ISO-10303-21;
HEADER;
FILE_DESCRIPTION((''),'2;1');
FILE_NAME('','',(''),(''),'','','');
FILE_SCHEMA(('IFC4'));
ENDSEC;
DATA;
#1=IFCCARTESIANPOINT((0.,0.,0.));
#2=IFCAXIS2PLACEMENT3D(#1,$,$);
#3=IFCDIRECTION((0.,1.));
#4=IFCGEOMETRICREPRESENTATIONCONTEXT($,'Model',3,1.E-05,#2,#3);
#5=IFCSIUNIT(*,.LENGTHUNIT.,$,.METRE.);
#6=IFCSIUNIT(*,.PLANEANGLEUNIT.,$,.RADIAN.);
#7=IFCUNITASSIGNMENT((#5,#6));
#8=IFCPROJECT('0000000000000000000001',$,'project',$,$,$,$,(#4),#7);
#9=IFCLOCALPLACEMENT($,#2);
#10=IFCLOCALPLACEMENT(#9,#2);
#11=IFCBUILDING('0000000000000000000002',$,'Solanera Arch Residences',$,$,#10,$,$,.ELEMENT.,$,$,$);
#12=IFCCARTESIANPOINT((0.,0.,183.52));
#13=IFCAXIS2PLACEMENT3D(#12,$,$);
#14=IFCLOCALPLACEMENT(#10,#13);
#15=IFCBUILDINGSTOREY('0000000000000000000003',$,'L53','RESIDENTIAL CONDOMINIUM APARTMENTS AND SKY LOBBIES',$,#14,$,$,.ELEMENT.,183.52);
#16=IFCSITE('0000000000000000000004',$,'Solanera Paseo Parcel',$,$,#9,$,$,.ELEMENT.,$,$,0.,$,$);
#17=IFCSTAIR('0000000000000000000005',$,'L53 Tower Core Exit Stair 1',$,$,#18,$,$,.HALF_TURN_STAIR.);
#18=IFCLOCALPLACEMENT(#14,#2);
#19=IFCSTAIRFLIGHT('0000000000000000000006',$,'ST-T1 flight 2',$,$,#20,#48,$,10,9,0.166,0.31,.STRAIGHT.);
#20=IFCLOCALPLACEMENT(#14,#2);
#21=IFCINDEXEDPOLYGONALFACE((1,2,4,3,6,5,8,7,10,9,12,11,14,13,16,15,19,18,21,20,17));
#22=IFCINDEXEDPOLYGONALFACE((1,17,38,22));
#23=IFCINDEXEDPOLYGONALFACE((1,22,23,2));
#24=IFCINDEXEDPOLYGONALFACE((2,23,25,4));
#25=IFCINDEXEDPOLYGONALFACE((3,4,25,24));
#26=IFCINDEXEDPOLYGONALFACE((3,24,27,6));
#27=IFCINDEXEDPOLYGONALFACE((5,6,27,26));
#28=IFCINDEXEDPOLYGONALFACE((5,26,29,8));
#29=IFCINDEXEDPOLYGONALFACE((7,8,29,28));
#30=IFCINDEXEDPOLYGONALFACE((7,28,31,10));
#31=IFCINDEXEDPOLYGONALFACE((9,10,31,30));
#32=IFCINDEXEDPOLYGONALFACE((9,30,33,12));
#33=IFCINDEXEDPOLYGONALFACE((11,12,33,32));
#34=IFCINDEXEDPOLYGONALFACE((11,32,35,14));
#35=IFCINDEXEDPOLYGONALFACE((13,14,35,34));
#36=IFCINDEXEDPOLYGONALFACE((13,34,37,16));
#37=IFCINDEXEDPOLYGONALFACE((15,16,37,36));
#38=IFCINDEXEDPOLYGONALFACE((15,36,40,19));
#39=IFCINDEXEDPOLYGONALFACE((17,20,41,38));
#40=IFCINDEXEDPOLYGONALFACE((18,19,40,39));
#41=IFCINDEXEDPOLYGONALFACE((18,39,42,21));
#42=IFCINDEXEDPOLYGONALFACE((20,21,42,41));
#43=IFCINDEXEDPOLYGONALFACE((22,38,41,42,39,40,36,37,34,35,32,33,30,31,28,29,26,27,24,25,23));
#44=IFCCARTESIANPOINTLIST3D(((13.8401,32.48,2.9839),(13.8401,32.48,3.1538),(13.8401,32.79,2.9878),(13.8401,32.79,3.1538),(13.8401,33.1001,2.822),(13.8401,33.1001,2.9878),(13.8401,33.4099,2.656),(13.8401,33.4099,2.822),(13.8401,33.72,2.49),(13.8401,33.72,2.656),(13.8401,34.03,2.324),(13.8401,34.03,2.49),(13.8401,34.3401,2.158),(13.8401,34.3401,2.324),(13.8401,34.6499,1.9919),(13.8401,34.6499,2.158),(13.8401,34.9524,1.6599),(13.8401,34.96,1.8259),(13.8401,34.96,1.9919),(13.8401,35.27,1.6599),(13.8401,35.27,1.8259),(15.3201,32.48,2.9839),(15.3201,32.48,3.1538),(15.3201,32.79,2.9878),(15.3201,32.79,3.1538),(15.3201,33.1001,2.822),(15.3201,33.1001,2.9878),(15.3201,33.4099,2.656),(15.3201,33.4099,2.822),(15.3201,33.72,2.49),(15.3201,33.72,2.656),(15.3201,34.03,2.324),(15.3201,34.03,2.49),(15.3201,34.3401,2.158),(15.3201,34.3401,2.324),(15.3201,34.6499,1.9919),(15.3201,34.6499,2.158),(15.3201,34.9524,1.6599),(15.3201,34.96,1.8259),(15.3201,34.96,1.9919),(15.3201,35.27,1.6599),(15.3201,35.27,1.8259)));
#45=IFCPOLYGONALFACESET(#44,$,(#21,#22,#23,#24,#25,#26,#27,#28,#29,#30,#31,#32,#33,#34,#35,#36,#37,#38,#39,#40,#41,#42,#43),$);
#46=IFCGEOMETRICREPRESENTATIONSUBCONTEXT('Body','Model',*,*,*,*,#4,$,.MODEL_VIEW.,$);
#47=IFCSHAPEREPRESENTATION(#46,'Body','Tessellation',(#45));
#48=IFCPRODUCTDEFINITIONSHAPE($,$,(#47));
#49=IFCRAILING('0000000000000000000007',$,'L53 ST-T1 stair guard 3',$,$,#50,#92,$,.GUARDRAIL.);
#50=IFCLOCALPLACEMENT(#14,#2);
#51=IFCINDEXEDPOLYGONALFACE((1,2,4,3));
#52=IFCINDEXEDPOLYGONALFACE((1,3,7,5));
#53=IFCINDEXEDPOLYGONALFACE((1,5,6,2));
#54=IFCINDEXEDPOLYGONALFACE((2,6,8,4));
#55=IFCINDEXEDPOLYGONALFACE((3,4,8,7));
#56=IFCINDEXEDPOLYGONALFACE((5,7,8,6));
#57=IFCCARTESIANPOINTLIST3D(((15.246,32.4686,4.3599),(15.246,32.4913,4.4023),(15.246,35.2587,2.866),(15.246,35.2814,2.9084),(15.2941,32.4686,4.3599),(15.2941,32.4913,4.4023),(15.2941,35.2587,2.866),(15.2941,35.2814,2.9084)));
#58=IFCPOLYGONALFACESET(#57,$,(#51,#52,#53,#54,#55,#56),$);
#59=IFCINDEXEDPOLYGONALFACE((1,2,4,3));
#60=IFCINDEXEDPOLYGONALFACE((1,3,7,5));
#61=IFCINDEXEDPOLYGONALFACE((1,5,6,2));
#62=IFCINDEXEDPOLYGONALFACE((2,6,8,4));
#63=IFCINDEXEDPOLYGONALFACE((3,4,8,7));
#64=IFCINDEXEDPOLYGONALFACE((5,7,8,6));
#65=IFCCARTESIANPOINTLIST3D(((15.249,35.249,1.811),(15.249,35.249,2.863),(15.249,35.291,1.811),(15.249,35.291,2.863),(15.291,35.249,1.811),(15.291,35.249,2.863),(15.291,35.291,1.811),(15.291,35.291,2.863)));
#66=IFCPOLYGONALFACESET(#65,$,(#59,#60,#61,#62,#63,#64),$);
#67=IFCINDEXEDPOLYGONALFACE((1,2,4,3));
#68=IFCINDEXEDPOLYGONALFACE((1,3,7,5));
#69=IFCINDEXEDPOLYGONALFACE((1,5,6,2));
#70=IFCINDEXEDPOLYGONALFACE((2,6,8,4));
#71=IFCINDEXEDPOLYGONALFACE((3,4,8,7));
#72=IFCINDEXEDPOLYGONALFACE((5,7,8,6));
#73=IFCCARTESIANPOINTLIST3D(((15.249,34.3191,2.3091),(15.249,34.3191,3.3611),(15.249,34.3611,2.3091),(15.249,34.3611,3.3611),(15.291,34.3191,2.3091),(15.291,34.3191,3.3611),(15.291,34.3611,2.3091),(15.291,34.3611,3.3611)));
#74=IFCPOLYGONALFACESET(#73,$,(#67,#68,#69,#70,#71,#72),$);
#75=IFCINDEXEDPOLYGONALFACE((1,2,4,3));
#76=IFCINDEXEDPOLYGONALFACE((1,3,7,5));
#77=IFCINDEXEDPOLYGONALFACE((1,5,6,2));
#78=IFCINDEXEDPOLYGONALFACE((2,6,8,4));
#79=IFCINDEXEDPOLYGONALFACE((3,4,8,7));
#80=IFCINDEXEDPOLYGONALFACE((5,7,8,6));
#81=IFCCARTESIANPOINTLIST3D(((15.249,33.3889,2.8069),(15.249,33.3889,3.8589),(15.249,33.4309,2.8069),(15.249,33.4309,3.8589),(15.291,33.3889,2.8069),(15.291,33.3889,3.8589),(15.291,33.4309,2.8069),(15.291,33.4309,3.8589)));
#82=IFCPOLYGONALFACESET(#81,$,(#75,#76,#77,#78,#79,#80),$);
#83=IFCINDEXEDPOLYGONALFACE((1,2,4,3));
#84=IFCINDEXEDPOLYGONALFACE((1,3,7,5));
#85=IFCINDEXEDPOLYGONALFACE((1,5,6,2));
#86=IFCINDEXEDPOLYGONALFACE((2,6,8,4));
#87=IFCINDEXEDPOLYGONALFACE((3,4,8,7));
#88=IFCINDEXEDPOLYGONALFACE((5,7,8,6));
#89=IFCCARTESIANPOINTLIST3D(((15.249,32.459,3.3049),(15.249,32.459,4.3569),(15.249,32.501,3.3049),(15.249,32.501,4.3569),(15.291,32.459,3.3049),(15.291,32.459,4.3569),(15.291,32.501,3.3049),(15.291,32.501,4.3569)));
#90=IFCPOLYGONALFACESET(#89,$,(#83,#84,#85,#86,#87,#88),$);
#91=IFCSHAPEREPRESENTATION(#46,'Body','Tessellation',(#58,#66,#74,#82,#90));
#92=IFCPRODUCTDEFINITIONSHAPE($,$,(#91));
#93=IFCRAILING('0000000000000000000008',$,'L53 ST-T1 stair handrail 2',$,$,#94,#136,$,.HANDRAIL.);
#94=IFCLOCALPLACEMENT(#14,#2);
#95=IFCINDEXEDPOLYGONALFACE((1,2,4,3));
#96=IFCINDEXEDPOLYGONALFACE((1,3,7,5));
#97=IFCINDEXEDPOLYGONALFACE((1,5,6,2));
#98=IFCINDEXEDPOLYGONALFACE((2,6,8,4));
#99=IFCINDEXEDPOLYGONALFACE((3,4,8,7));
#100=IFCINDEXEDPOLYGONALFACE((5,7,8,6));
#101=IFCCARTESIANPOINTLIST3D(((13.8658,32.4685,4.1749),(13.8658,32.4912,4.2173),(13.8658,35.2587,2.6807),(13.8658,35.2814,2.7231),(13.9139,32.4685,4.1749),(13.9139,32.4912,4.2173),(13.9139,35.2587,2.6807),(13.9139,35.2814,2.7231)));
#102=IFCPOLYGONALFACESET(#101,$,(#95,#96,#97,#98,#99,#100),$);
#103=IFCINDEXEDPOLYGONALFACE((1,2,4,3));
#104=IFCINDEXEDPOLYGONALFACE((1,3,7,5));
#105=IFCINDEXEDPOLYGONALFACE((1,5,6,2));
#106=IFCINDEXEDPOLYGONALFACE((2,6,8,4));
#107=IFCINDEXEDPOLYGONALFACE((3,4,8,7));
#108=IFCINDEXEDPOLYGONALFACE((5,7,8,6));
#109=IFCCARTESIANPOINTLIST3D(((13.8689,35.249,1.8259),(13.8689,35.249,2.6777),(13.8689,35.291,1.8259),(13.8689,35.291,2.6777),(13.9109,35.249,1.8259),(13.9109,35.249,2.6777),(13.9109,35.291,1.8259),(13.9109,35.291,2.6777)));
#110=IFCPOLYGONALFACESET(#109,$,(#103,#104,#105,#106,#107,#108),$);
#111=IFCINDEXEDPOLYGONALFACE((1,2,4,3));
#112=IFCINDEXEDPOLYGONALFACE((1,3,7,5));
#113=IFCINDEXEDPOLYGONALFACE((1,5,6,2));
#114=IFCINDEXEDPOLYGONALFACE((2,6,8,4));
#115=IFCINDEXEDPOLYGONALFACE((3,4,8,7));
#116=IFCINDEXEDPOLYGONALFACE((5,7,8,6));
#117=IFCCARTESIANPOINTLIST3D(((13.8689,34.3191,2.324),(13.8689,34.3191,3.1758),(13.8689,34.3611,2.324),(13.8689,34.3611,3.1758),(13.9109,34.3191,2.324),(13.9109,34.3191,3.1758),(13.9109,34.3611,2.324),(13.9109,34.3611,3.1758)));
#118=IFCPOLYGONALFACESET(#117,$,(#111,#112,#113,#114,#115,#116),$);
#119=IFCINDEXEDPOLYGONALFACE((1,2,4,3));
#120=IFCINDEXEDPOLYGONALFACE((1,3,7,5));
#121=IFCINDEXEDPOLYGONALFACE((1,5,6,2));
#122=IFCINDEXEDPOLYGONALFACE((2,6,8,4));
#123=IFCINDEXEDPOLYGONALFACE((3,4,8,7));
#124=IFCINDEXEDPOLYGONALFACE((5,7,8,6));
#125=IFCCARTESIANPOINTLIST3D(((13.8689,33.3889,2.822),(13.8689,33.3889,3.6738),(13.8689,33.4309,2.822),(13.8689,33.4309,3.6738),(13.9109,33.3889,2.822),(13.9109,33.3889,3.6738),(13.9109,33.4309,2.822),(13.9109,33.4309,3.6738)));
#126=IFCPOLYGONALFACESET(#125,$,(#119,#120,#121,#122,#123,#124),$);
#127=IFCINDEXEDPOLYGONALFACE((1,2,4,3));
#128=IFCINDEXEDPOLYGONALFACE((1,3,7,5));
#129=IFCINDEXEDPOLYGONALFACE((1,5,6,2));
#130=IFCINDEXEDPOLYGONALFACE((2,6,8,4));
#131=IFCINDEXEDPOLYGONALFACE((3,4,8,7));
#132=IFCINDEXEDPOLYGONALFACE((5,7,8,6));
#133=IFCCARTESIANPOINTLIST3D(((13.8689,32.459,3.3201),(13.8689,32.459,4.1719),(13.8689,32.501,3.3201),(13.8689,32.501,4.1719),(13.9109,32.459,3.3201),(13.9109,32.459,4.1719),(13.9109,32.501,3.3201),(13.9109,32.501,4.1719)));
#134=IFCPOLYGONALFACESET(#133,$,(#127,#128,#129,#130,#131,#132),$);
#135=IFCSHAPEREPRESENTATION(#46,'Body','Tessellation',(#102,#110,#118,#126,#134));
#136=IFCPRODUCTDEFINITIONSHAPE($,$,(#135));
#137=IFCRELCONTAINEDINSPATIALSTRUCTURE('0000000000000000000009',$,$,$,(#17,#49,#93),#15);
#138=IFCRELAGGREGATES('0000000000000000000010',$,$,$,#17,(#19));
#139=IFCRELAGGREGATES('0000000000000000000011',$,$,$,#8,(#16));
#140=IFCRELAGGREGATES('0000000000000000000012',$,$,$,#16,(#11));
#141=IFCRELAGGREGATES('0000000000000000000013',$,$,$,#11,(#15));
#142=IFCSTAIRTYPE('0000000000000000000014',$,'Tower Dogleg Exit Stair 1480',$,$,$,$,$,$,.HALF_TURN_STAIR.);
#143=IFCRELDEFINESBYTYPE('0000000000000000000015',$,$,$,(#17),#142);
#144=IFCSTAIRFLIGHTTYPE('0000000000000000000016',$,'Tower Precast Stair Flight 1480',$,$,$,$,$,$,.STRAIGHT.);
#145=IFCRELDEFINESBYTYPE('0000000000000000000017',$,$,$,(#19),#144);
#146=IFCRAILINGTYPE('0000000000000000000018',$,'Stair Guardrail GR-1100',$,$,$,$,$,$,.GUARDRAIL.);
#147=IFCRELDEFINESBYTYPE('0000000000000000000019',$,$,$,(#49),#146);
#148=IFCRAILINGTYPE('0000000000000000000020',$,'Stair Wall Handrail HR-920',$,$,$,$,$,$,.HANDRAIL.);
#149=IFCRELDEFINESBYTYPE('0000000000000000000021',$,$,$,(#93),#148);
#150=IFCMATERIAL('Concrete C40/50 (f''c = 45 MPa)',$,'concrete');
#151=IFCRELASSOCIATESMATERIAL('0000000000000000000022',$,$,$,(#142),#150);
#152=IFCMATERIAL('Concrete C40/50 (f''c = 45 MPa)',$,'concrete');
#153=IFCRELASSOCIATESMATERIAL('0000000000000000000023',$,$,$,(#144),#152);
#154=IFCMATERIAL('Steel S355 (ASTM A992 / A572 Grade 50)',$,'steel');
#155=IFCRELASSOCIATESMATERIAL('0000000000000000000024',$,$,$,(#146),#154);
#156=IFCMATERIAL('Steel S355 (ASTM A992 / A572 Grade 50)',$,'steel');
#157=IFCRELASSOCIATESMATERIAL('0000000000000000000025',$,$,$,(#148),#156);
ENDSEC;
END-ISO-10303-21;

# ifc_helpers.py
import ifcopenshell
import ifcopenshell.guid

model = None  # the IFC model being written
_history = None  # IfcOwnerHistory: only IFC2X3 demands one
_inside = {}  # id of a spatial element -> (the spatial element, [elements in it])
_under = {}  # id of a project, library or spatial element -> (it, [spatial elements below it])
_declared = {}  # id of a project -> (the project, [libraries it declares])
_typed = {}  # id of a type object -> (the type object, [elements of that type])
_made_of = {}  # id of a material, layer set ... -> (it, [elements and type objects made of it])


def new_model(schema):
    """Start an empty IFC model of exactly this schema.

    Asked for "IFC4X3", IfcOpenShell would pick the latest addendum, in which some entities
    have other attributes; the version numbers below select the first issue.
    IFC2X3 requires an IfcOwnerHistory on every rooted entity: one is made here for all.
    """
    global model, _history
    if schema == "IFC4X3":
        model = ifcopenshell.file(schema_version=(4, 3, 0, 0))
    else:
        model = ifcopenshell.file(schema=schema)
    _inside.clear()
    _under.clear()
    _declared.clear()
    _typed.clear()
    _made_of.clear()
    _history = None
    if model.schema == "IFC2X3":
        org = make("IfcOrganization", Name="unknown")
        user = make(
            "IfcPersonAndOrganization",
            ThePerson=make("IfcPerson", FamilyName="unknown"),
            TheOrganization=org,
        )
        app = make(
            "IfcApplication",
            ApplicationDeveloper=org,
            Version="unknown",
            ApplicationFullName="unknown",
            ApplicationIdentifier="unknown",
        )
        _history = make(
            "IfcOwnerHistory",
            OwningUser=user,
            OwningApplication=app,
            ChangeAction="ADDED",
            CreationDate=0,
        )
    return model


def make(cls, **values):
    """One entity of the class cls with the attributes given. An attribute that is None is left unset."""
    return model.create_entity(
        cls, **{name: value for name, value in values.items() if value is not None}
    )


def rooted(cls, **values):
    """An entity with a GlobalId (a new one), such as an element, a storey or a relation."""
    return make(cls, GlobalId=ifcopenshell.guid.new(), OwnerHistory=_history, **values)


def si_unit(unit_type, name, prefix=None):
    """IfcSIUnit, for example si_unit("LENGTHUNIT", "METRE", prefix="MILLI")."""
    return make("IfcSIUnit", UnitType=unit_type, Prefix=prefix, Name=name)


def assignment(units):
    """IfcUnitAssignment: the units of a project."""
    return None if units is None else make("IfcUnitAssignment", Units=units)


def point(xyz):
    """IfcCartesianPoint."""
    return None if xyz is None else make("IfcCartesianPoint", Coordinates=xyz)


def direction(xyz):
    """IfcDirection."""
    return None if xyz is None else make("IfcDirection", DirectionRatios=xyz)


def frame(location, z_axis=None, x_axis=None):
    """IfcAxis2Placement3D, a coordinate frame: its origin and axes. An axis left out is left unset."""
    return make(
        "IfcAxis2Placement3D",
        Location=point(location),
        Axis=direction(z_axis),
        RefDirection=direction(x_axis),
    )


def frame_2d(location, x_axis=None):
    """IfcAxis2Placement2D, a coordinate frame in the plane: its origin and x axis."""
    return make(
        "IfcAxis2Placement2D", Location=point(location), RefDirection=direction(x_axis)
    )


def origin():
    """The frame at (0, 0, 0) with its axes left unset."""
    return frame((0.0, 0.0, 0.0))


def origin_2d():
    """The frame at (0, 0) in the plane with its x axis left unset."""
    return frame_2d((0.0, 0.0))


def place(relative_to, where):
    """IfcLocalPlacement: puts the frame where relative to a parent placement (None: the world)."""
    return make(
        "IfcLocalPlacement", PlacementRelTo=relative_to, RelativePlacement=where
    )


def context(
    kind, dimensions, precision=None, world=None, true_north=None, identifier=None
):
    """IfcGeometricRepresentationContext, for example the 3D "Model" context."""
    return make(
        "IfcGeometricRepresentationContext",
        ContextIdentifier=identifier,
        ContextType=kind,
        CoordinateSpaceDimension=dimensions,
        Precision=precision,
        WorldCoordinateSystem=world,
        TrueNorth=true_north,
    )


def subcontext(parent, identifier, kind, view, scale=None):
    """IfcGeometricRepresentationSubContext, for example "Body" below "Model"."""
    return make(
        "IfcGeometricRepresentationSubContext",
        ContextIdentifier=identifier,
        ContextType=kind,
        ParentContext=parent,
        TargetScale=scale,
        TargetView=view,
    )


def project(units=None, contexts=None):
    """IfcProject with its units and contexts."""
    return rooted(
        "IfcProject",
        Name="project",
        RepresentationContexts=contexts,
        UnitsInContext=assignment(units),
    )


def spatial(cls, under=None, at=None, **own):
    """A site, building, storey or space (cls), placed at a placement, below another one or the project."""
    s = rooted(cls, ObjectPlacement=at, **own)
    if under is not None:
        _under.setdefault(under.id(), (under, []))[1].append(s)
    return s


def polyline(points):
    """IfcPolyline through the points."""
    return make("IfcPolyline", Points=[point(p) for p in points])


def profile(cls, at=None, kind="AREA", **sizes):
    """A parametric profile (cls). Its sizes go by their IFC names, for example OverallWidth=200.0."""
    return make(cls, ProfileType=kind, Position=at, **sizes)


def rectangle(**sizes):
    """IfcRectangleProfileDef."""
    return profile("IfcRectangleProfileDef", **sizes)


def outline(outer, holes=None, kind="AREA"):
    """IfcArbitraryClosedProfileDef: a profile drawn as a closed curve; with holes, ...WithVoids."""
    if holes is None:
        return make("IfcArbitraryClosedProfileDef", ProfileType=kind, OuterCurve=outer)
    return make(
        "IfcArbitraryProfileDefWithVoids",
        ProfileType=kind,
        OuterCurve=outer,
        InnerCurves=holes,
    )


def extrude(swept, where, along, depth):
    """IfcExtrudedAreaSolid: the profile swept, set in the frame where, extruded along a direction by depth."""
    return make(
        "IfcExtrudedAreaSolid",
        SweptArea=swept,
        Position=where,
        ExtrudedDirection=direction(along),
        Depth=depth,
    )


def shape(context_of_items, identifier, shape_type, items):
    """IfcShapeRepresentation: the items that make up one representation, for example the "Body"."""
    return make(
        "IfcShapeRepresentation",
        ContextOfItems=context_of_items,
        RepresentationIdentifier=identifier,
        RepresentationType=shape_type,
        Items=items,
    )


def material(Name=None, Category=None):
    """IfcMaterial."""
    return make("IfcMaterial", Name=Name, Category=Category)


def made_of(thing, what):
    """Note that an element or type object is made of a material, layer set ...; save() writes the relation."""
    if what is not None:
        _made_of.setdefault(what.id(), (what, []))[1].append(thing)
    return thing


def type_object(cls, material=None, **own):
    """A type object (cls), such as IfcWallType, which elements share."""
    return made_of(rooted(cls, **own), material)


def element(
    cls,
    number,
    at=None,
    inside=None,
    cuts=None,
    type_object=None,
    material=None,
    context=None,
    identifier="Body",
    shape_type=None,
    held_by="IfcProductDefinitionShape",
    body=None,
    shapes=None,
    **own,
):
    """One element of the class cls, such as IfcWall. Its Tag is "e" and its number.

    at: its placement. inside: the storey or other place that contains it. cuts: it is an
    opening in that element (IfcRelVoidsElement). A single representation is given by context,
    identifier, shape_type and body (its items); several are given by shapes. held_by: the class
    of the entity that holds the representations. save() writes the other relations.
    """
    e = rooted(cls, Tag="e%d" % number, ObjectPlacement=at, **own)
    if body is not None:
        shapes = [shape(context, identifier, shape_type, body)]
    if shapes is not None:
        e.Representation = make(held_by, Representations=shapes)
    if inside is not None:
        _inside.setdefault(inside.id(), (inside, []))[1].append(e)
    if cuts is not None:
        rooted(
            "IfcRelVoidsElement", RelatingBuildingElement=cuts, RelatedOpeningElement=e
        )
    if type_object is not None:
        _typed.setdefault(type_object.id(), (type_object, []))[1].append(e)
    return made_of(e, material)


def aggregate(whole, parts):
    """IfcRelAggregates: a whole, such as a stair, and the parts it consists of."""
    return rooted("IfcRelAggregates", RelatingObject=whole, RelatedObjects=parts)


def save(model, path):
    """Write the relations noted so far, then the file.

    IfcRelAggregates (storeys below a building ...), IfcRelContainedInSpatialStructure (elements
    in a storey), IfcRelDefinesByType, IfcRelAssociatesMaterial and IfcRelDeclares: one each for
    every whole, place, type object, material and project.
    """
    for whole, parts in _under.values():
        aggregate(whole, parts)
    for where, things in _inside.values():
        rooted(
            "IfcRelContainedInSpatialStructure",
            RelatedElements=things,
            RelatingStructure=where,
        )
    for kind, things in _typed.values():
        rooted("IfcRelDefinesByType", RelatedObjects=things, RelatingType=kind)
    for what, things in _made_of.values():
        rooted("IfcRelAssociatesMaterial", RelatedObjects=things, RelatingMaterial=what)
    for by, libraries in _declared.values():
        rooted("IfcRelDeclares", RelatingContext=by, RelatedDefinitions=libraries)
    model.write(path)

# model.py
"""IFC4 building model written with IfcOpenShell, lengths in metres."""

from ifc_helpers import new_model, si_unit, direction, frame, origin, origin_2d, place, context, subcontext, project, spatial, polyline, rectangle, outline, extrude, material, type_object, element, aggregate, save


model = new_model("IFC4")

# Units and contexts
model_context = context("Model", 3, precision=1e-05, world=origin(), true_north=direction((0.0, 1.0)))
body_context = subcontext(model_context, "Body", "Model", "MODEL_VIEW")
ifc_project = project(units=[si_unit("LENGTHUNIT", "METRE"), si_unit("PLANEANGLEUNIT", "RADIAN")], contexts=[model_context])

# Site, building, storey
site_placement = place(None, origin())
site = spatial("IfcSite", under=ifc_project, at=site_placement, Name="Solanera Paseo Parcel", CompositionType="ELEMENT", RefElevation=0.0)
building_placement = place(site_placement, origin())
building = spatial("IfcBuilding", under=site, at=building_placement, Name="Solanera Arch Residences", CompositionType="ELEMENT")
storey_placement = place(building_placement, frame((0.0, 0.0, 183.52)))
storey = spatial("IfcBuildingStorey", under=building, at=storey_placement, Name="L53", Description="RESIDENTIAL CONDOMINIUM APARTMENTS AND SKY LOBBIES", CompositionType="ELEMENT", Elevation=183.52)

# Stair, stair flight
ifc_material_1 = material(Name="Concrete C40/50 (f'c = 45 MPa)", Category="concrete")
stair_type = type_object("IfcStairType", Name="Tower Dogleg Exit Stair 1480", PredefinedType="HALF_TURN_STAIR", material=ifc_material_1)
stair_placement = place(storey_placement, origin())
stair = element("IfcStair", 1, at=stair_placement, inside=storey, type_object=stair_type, Name="L53 Tower Core Exit Stair 1", PredefinedType="HALF_TURN_STAIR")
ifc_material_2 = material(Name="Concrete C40/50 (f'c = 45 MPa)", Category="concrete")
stair_flight_type = type_object("IfcStairFlightType", Name="Tower Precast Stair Flight 1480", PredefinedType="STRAIGHT", material=ifc_material_2)
stair_flight_placement = place(storey_placement, frame((14.5801, 35.27, 1.6599), z_axis=(0.0, 0.0, 1.0), x_axis=(0.0, -1.0, 0.0)))
stair_flight = element("IfcStairFlight", 2, at=stair_flight_placement, type_object=stair_flight_type, Name="ST-T1 flight 2", NumberOfRisers=10, NumberOfTreads=9, PredefinedType="STRAIGHT", RiserHeight=0.166, TreadLength=0.31, context=body_context, shape_type="SweptSolid", body=[
    extrude(outline(polyline([(0.0, 0.0), (0.0, 0.166), (0.3101, 0.166), (0.3101, 0.332), (0.6201, 0.332), (0.6201, 0.498), (0.9299, 0.498), (0.9299, 0.6641), (1.24, 0.6641), (1.24, 0.8301), (1.55, 0.8301), (1.55, 0.9961), (1.8601, 0.9961), (1.8601, 1.1621), (2.1699, 1.1621), (2.1699, 1.3279), (2.48, 1.3279), (2.48, 1.4939), (2.79, 1.4939), (2.79, 1.6599), (2.79, 1.324), (0.3176, 0.0), (0.0, 0.0)])), frame((0.0, 0.74, 0.0), z_axis=(0.0, -1.0, 0.0), x_axis=(1.0, 0.0, 0.0)), (0.0, 0.0, 1.0), 1.48),
])
aggregate(stair, [stair_flight])

# Railings
ifc_material_3 = material(Name="Steel S355 (ASTM A992 / A572 Grade 50)", Category="steel")
railing_type_1 = type_object("IfcRailingType", Name="Stair Guardrail GR-1100", PredefinedType="GUARDRAIL", material=ifc_material_3)
railing_1_placement = place(storey_placement, frame((15.27, 35.27, 1.811)))
element("IfcRailing", 3, at=railing_1_placement, inside=storey, type_object=railing_type_1, Name="L53 ST-T1 stair guard 3", PredefinedType="GUARDRAIL", context=body_context, shape_type="SweptSolid", body=[
    extrude(rectangle(XDim=0.0481, YDim=0.0481, at=origin_2d()), frame((0.0, 0.0, 1.0762), z_axis=(0.0, -0.881581, 0.472033), x_axis=(1.0, 0.0, 0.0)), (0.0, 0.0, 1.0), 3.1648),
    extrude(rectangle(XDim=0.042, YDim=0.042, at=origin_2d()), origin(), (0.0, 0.0, 1.0), 1.052),
    extrude(rectangle(XDim=0.042, YDim=0.042, at=origin_2d()), frame((0.0, -0.9299, 0.498)), (0.0, 0.0, 1.0), 1.052),
    extrude(rectangle(XDim=0.042, YDim=0.042, at=origin_2d()), frame((0.0, -1.8601, 0.9958)), (0.0, 0.0, 1.0), 1.052),
    extrude(rectangle(XDim=0.042, YDim=0.042, at=origin_2d()), frame((0.0, -2.79, 1.4939)), (0.0, 0.0, 1.0), 1.052),
])
ifc_material_4 = material(Name="Steel S355 (ASTM A992 / A572 Grade 50)", Category="steel")
railing_type_2 = type_object("IfcRailingType", Name="Stair Wall Handrail HR-920", PredefinedType="HANDRAIL", material=ifc_material_4)
railing_2_placement = place(storey_placement, frame((13.8899, 35.27, 1.8259)))
element("IfcRailing", 4, at=railing_2_placement, inside=storey, type_object=railing_type_2, Name="L53 ST-T1 stair handrail 2", PredefinedType="HANDRAIL", context=body_context, shape_type="SweptSolid", body=[
    extrude(rectangle(XDim=0.0481, YDim=0.0481, at=origin_2d()), frame((0.0, 0.0, 0.876), z_axis=(0.0, -0.881549, 0.472093), x_axis=(1.0, 0.0, 0.0)), (0.0, 0.0, 1.0), 3.165),
    extrude(rectangle(XDim=0.042, YDim=0.042, at=origin_2d()), origin(), (0.0, 0.0, 1.0), 0.8518),
    extrude(rectangle(XDim=0.042, YDim=0.042, at=origin_2d()), frame((0.0, -0.9299, 0.498)), (0.0, 0.0, 1.0), 0.8518),
    extrude(rectangle(XDim=0.042, YDim=0.042, at=origin_2d()), frame((0.0, -1.8601, 0.9961)), (0.0, 0.0, 1.0), 0.8518),
    extrude(rectangle(XDim=0.042, YDim=0.042, at=origin_2d()), frame((0.0, -2.79, 1.4941)), (0.0, 0.0, 1.0), 0.8518),
])

save(model, "model.ifc")
